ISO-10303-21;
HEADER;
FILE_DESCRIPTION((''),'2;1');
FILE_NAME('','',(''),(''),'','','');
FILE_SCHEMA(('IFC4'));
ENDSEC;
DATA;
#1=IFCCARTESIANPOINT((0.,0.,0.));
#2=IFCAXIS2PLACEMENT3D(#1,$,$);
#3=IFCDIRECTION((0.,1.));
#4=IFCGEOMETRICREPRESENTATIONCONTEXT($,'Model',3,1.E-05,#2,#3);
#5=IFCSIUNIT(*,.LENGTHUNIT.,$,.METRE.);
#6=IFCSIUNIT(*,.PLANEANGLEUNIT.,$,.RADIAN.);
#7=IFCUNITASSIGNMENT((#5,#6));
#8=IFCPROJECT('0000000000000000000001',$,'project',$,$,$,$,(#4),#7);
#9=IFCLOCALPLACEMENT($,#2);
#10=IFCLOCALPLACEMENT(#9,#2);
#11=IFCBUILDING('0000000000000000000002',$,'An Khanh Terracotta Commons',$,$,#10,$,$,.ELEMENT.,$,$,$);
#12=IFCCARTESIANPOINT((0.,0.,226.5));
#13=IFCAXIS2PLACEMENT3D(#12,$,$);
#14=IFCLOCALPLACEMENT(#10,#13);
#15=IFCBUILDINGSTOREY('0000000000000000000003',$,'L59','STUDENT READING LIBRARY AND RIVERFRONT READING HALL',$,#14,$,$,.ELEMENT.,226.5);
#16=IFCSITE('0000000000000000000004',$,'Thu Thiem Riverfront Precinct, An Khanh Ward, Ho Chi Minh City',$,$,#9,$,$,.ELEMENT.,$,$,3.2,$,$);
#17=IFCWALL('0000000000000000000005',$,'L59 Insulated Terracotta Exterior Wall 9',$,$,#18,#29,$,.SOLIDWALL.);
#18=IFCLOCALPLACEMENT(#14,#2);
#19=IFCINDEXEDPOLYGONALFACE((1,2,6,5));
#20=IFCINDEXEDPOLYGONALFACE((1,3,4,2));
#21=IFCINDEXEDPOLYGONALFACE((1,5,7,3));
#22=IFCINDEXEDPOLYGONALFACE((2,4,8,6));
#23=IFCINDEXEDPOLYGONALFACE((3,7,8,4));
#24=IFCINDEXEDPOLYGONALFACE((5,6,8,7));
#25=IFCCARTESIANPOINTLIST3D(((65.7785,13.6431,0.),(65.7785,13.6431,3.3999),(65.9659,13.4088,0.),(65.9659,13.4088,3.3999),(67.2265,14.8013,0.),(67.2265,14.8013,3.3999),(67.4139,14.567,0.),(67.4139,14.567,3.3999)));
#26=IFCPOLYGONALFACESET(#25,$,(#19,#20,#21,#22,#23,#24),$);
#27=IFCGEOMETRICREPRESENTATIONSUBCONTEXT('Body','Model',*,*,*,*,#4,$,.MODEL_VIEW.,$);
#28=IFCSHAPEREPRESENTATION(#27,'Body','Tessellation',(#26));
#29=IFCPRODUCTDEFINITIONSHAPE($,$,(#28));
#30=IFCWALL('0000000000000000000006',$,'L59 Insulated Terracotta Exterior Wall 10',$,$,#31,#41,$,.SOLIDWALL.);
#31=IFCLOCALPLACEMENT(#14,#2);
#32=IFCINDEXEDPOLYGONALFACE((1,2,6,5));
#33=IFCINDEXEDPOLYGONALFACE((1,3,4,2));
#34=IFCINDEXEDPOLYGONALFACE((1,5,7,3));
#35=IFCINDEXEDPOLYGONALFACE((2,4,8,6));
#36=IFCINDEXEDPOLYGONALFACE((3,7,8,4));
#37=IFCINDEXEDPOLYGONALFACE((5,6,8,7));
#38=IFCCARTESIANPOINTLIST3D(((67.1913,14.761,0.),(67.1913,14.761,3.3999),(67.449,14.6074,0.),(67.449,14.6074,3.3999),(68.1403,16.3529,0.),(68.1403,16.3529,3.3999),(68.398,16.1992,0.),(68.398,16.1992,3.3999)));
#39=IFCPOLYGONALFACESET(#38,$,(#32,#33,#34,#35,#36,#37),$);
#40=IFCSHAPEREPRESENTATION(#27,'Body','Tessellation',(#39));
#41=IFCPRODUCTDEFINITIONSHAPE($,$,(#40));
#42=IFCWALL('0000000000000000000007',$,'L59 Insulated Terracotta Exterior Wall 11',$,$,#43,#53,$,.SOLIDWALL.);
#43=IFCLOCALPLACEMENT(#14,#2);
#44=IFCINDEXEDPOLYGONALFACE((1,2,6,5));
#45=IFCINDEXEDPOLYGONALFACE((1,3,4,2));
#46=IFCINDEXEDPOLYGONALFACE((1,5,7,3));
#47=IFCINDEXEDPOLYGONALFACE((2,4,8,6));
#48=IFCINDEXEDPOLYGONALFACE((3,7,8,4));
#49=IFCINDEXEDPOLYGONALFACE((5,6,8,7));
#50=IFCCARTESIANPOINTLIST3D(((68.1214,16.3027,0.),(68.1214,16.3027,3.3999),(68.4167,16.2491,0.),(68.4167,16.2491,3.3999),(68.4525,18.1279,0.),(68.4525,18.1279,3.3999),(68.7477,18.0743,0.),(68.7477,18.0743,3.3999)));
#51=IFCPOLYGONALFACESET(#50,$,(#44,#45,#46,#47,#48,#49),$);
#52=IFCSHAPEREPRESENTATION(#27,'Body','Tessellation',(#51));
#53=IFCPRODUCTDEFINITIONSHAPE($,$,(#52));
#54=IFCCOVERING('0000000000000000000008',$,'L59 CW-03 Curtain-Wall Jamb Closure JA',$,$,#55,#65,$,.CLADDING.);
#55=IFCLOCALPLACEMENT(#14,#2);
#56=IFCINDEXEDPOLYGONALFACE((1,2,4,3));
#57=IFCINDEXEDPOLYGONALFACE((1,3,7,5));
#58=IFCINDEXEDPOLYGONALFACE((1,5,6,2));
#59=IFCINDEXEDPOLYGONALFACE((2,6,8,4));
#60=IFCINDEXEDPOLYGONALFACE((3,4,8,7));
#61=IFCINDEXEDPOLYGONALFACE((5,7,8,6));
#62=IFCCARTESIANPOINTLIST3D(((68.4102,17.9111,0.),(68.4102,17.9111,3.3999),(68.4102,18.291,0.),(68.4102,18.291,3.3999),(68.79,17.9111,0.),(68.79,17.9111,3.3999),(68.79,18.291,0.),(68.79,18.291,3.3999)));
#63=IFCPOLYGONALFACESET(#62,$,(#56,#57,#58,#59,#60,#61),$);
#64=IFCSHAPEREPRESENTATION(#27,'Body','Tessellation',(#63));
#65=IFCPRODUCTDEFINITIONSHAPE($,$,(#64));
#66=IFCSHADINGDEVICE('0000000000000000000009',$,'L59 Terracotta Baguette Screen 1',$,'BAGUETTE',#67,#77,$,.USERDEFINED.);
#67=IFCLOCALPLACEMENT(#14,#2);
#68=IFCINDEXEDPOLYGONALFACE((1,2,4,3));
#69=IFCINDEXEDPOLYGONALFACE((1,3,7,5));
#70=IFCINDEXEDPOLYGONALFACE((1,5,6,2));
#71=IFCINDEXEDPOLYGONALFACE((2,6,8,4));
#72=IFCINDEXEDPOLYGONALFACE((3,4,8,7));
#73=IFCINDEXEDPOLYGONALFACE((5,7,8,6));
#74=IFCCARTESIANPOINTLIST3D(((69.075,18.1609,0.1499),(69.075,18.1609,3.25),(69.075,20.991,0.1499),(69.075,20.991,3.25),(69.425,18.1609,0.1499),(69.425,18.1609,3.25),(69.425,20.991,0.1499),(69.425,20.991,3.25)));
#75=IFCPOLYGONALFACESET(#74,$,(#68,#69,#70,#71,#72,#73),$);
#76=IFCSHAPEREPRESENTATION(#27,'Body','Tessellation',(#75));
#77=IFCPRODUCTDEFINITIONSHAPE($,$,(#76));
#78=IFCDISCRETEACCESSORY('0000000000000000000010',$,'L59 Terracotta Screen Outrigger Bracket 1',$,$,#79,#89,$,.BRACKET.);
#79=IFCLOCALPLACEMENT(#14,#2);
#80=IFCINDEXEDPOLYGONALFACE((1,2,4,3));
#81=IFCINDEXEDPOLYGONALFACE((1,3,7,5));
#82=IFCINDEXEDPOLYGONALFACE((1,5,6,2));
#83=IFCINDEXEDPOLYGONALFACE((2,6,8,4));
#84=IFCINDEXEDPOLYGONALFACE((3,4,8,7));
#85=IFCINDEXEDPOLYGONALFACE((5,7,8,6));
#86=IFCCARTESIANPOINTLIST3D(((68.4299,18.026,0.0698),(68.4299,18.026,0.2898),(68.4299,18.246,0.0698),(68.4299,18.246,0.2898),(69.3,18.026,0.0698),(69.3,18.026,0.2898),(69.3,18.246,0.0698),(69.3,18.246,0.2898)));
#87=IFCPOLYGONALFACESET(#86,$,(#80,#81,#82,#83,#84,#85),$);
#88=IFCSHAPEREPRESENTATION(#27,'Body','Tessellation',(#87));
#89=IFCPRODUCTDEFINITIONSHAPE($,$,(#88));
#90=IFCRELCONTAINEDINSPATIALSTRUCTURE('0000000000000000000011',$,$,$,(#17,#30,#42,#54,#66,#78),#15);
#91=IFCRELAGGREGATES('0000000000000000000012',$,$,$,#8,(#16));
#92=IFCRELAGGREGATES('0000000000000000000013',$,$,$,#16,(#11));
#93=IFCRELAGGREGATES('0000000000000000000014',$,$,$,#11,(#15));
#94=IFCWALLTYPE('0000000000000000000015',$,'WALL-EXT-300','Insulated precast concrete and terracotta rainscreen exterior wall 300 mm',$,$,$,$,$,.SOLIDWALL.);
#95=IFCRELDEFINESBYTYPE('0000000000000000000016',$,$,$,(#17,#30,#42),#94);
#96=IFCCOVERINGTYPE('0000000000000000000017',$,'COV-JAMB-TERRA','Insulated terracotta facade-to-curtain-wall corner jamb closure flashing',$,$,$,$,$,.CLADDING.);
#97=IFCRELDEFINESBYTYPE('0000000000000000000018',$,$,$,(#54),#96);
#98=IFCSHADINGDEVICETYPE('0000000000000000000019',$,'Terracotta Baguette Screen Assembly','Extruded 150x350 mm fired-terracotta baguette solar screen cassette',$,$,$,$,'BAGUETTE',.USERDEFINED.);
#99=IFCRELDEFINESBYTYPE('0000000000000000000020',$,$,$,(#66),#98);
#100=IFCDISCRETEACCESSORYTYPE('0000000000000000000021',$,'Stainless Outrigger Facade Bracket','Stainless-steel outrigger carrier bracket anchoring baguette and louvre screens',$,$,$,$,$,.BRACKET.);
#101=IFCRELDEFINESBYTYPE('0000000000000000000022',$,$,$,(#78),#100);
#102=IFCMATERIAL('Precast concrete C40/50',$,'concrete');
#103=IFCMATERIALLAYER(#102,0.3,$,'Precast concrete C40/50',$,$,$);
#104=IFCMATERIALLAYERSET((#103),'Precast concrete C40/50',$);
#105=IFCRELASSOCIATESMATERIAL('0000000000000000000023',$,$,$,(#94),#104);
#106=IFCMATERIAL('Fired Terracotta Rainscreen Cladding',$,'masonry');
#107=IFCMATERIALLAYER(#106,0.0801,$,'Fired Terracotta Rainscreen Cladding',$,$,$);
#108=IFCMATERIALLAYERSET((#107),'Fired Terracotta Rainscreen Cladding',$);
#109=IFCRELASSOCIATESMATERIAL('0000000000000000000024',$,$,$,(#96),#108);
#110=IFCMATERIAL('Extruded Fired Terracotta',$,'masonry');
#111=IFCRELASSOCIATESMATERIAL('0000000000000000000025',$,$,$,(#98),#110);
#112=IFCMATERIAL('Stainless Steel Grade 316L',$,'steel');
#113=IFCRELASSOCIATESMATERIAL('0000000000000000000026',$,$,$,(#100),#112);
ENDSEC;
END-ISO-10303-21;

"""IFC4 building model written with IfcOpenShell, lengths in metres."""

from ifc_helpers import new_model, si_unit, direction, frame, frame_2d, origin, origin_2d, place, context, subcontext, project, spatial, rectangle, extrude, material, layer, layer_set, type_object, element, save


model = new_model("IFC4")

# Units and contexts
model_context = context("Model", 3, precision=1e-05, world=origin(), true_north=direction((0.0, 1.0)))
body_context = subcontext(model_context, "Body", "Model", "MODEL_VIEW")
ifc_project = project(units=[si_unit("LENGTHUNIT", "METRE"), si_unit("PLANEANGLEUNIT", "RADIAN")], contexts=[model_context])

# Site, building, storey
site_placement = place(None, origin())
site = spatial("IfcSite", under=ifc_project, at=site_placement, Name="Thu Thiem Riverfront Precinct, An Khanh Ward, Ho Chi Minh City", CompositionType="ELEMENT", RefElevation=3.2)
building_placement = place(site_placement, origin())
building = spatial("IfcBuilding", under=site, at=building_placement, Name="An Khanh Terracotta Commons", CompositionType="ELEMENT")
storey_placement = place(building_placement, frame((0.0, 0.0, 226.5)))
storey = spatial("IfcBuildingStorey", under=building, at=storey_placement, Name="L59", Description="STUDENT READING LIBRARY AND RIVERFRONT READING HALL", CompositionType="ELEMENT", Elevation=226.5)

# Walls
ifc_material_1 = material(Name="Precast concrete C40/50", Category="concrete")
ifc_layer_1 = layer(ifc_material_1, 0.3, Name="Precast concrete C40/50")
ifc_layer_set_1 = layer_set([ifc_layer_1], Name="Precast concrete C40/50")
wall_type_1 = type_object("IfcWallType", Name="WALL-EXT-300", Description="Insulated precast concrete and terracotta rainscreen exterior wall 300 mm", PredefinedType="SOLIDWALL", material=ifc_layer_set_1)
wall_1_placement = place(storey_placement, frame((65.8721, 13.5259, 0.0), z_axis=(0.0, 0.0, 1.0), x_axis=(0.78092, 0.624631, 0.0)))
element("IfcWall", 1, at=wall_1_placement, inside=storey, type_object=wall_type_1, Name="L59 Insulated Terracotta Exterior Wall 9", PredefinedType="SOLIDWALL", context=body_context, shape_type="SweptSolid", body=[
    extrude(rectangle(XDim=1.8542, YDim=0.3, at=frame_2d((0.9272, 0.0))), origin(), (0.0, 0.0, 1.0), 3.3999),
])
wall_2_placement = place(storey_placement, frame((67.3201, 14.6841, 0.0), z_axis=(0.0, 0.0, 1.0), x_axis=(0.512072, 0.858943, 0.0)))
element("IfcWall", 2, at=wall_2_placement, inside=storey, type_object=wall_type_1, Name="L59 Insulated Terracotta Exterior Wall 10", PredefinedType="SOLIDWALL", context=body_context, shape_type="SweptSolid", body=[
    extrude(rectangle(XDim=1.8533, YDim=0.3, at=frame_2d((0.9268, 0.0))), origin(), (0.0, 0.0, 1.0), 3.3999),
])
wall_3_placement = place(storey_placement, frame((68.269, 16.2759, 0.0), z_axis=(0.0, 0.0, 1.0), x_axis=(0.178468, 0.983946, 0.0)))
element("IfcWall", 3, at=wall_3_placement, inside=storey, type_object=wall_type_1, Name="L59 Insulated Terracotta Exterior Wall 11", PredefinedType="SOLIDWALL", context=body_context, shape_type="SweptSolid", body=[
    extrude(rectangle(XDim=1.855, YDim=0.3, at=frame_2d((0.9275, 0.0))), origin(), (0.0, 0.0, 1.0), 3.3999),
])

# Covering
ifc_material_2 = material(Name="Fired Terracotta Rainscreen Cladding", Category="masonry")
ifc_layer_2 = layer(ifc_material_2, 0.0801, Name="Fired Terracotta Rainscreen Cladding")
ifc_layer_set_2 = layer_set([ifc_layer_2], Name="Fired Terracotta Rainscreen Cladding")
covering_type = type_object("IfcCoveringType", Name="COV-JAMB-TERRA", Description="Insulated terracotta facade-to-curtain-wall corner jamb closure flashing", PredefinedType="CLADDING", material=ifc_layer_set_2)
covering_placement = place(storey_placement, frame((68.6001, 18.1011, 0.0), z_axis=(0.0, 0.0, 1.0), x_axis=(1.0, 0.0, 0.0)))
element("IfcCovering", 4, at=covering_placement, inside=storey, type_object=covering_type, Name="L59 CW-03 Curtain-Wall Jamb Closure JA", PredefinedType="CLADDING", context=body_context, shape_type="SweptSolid", body=[
    extrude(rectangle(XDim=0.3799, YDim=0.3799, at=origin_2d()), origin(), (0.0, 0.0, 1.0), 3.3999),
])

# Shading device
ifc_material_3 = material(Name="Extruded Fired Terracotta", Category="masonry")
shading_device_type = type_object("IfcShadingDeviceType", Name="Terracotta Baguette Screen Assembly", Description="Extruded 150x350 mm fired-terracotta baguette solar screen cassette", ElementType="BAGUETTE", PredefinedType="USERDEFINED", material=ifc_material_3)
shading_device_placement = place(storey_placement, frame((69.25, 19.5759, 0.1499), z_axis=(0.0, 0.0, 1.0), x_axis=(0.0, 1.0, 0.0)))
element("IfcShadingDevice", 5, at=shading_device_placement, inside=storey, type_object=shading_device_type, Name="L59 Terracotta Baguette Screen 1", ObjectType="BAGUETTE", PredefinedType="USERDEFINED", context=body_context, shape_type="SweptSolid", body=[
    extrude(rectangle(XDim=2.8301, YDim=0.3501, at=origin_2d()), origin(), (0.0, 0.0, 1.0), 3.1001),
])

# Discrete accessory
ifc_material_4 = material(Name="Stainless Steel Grade 316L", Category="steel")
discrete_accessory_type = type_object("IfcDiscreteAccessoryType", Name="Stainless Outrigger Facade Bracket", Description="Stainless-steel outrigger carrier bracket anchoring baguette and louvre screens", PredefinedType="BRACKET", material=ifc_material_4)
discrete_accessory_placement = place(storey_placement, frame((68.865, 18.136, 0.0698), z_axis=(0.0, 0.0, 1.0), x_axis=(0.0, 1.0, 0.0)))
element("IfcDiscreteAccessory", 6, at=discrete_accessory_placement, inside=storey, type_object=discrete_accessory_type, Name="L59 Terracotta Screen Outrigger Bracket 1", PredefinedType="BRACKET", context=body_context, shape_type="SweptSolid", body=[
    extrude(rectangle(XDim=0.22, YDim=0.8701, at=origin_2d()), origin(), (0.0, 0.0, 1.0), 0.22),
])

save(model, "model.ifc")
